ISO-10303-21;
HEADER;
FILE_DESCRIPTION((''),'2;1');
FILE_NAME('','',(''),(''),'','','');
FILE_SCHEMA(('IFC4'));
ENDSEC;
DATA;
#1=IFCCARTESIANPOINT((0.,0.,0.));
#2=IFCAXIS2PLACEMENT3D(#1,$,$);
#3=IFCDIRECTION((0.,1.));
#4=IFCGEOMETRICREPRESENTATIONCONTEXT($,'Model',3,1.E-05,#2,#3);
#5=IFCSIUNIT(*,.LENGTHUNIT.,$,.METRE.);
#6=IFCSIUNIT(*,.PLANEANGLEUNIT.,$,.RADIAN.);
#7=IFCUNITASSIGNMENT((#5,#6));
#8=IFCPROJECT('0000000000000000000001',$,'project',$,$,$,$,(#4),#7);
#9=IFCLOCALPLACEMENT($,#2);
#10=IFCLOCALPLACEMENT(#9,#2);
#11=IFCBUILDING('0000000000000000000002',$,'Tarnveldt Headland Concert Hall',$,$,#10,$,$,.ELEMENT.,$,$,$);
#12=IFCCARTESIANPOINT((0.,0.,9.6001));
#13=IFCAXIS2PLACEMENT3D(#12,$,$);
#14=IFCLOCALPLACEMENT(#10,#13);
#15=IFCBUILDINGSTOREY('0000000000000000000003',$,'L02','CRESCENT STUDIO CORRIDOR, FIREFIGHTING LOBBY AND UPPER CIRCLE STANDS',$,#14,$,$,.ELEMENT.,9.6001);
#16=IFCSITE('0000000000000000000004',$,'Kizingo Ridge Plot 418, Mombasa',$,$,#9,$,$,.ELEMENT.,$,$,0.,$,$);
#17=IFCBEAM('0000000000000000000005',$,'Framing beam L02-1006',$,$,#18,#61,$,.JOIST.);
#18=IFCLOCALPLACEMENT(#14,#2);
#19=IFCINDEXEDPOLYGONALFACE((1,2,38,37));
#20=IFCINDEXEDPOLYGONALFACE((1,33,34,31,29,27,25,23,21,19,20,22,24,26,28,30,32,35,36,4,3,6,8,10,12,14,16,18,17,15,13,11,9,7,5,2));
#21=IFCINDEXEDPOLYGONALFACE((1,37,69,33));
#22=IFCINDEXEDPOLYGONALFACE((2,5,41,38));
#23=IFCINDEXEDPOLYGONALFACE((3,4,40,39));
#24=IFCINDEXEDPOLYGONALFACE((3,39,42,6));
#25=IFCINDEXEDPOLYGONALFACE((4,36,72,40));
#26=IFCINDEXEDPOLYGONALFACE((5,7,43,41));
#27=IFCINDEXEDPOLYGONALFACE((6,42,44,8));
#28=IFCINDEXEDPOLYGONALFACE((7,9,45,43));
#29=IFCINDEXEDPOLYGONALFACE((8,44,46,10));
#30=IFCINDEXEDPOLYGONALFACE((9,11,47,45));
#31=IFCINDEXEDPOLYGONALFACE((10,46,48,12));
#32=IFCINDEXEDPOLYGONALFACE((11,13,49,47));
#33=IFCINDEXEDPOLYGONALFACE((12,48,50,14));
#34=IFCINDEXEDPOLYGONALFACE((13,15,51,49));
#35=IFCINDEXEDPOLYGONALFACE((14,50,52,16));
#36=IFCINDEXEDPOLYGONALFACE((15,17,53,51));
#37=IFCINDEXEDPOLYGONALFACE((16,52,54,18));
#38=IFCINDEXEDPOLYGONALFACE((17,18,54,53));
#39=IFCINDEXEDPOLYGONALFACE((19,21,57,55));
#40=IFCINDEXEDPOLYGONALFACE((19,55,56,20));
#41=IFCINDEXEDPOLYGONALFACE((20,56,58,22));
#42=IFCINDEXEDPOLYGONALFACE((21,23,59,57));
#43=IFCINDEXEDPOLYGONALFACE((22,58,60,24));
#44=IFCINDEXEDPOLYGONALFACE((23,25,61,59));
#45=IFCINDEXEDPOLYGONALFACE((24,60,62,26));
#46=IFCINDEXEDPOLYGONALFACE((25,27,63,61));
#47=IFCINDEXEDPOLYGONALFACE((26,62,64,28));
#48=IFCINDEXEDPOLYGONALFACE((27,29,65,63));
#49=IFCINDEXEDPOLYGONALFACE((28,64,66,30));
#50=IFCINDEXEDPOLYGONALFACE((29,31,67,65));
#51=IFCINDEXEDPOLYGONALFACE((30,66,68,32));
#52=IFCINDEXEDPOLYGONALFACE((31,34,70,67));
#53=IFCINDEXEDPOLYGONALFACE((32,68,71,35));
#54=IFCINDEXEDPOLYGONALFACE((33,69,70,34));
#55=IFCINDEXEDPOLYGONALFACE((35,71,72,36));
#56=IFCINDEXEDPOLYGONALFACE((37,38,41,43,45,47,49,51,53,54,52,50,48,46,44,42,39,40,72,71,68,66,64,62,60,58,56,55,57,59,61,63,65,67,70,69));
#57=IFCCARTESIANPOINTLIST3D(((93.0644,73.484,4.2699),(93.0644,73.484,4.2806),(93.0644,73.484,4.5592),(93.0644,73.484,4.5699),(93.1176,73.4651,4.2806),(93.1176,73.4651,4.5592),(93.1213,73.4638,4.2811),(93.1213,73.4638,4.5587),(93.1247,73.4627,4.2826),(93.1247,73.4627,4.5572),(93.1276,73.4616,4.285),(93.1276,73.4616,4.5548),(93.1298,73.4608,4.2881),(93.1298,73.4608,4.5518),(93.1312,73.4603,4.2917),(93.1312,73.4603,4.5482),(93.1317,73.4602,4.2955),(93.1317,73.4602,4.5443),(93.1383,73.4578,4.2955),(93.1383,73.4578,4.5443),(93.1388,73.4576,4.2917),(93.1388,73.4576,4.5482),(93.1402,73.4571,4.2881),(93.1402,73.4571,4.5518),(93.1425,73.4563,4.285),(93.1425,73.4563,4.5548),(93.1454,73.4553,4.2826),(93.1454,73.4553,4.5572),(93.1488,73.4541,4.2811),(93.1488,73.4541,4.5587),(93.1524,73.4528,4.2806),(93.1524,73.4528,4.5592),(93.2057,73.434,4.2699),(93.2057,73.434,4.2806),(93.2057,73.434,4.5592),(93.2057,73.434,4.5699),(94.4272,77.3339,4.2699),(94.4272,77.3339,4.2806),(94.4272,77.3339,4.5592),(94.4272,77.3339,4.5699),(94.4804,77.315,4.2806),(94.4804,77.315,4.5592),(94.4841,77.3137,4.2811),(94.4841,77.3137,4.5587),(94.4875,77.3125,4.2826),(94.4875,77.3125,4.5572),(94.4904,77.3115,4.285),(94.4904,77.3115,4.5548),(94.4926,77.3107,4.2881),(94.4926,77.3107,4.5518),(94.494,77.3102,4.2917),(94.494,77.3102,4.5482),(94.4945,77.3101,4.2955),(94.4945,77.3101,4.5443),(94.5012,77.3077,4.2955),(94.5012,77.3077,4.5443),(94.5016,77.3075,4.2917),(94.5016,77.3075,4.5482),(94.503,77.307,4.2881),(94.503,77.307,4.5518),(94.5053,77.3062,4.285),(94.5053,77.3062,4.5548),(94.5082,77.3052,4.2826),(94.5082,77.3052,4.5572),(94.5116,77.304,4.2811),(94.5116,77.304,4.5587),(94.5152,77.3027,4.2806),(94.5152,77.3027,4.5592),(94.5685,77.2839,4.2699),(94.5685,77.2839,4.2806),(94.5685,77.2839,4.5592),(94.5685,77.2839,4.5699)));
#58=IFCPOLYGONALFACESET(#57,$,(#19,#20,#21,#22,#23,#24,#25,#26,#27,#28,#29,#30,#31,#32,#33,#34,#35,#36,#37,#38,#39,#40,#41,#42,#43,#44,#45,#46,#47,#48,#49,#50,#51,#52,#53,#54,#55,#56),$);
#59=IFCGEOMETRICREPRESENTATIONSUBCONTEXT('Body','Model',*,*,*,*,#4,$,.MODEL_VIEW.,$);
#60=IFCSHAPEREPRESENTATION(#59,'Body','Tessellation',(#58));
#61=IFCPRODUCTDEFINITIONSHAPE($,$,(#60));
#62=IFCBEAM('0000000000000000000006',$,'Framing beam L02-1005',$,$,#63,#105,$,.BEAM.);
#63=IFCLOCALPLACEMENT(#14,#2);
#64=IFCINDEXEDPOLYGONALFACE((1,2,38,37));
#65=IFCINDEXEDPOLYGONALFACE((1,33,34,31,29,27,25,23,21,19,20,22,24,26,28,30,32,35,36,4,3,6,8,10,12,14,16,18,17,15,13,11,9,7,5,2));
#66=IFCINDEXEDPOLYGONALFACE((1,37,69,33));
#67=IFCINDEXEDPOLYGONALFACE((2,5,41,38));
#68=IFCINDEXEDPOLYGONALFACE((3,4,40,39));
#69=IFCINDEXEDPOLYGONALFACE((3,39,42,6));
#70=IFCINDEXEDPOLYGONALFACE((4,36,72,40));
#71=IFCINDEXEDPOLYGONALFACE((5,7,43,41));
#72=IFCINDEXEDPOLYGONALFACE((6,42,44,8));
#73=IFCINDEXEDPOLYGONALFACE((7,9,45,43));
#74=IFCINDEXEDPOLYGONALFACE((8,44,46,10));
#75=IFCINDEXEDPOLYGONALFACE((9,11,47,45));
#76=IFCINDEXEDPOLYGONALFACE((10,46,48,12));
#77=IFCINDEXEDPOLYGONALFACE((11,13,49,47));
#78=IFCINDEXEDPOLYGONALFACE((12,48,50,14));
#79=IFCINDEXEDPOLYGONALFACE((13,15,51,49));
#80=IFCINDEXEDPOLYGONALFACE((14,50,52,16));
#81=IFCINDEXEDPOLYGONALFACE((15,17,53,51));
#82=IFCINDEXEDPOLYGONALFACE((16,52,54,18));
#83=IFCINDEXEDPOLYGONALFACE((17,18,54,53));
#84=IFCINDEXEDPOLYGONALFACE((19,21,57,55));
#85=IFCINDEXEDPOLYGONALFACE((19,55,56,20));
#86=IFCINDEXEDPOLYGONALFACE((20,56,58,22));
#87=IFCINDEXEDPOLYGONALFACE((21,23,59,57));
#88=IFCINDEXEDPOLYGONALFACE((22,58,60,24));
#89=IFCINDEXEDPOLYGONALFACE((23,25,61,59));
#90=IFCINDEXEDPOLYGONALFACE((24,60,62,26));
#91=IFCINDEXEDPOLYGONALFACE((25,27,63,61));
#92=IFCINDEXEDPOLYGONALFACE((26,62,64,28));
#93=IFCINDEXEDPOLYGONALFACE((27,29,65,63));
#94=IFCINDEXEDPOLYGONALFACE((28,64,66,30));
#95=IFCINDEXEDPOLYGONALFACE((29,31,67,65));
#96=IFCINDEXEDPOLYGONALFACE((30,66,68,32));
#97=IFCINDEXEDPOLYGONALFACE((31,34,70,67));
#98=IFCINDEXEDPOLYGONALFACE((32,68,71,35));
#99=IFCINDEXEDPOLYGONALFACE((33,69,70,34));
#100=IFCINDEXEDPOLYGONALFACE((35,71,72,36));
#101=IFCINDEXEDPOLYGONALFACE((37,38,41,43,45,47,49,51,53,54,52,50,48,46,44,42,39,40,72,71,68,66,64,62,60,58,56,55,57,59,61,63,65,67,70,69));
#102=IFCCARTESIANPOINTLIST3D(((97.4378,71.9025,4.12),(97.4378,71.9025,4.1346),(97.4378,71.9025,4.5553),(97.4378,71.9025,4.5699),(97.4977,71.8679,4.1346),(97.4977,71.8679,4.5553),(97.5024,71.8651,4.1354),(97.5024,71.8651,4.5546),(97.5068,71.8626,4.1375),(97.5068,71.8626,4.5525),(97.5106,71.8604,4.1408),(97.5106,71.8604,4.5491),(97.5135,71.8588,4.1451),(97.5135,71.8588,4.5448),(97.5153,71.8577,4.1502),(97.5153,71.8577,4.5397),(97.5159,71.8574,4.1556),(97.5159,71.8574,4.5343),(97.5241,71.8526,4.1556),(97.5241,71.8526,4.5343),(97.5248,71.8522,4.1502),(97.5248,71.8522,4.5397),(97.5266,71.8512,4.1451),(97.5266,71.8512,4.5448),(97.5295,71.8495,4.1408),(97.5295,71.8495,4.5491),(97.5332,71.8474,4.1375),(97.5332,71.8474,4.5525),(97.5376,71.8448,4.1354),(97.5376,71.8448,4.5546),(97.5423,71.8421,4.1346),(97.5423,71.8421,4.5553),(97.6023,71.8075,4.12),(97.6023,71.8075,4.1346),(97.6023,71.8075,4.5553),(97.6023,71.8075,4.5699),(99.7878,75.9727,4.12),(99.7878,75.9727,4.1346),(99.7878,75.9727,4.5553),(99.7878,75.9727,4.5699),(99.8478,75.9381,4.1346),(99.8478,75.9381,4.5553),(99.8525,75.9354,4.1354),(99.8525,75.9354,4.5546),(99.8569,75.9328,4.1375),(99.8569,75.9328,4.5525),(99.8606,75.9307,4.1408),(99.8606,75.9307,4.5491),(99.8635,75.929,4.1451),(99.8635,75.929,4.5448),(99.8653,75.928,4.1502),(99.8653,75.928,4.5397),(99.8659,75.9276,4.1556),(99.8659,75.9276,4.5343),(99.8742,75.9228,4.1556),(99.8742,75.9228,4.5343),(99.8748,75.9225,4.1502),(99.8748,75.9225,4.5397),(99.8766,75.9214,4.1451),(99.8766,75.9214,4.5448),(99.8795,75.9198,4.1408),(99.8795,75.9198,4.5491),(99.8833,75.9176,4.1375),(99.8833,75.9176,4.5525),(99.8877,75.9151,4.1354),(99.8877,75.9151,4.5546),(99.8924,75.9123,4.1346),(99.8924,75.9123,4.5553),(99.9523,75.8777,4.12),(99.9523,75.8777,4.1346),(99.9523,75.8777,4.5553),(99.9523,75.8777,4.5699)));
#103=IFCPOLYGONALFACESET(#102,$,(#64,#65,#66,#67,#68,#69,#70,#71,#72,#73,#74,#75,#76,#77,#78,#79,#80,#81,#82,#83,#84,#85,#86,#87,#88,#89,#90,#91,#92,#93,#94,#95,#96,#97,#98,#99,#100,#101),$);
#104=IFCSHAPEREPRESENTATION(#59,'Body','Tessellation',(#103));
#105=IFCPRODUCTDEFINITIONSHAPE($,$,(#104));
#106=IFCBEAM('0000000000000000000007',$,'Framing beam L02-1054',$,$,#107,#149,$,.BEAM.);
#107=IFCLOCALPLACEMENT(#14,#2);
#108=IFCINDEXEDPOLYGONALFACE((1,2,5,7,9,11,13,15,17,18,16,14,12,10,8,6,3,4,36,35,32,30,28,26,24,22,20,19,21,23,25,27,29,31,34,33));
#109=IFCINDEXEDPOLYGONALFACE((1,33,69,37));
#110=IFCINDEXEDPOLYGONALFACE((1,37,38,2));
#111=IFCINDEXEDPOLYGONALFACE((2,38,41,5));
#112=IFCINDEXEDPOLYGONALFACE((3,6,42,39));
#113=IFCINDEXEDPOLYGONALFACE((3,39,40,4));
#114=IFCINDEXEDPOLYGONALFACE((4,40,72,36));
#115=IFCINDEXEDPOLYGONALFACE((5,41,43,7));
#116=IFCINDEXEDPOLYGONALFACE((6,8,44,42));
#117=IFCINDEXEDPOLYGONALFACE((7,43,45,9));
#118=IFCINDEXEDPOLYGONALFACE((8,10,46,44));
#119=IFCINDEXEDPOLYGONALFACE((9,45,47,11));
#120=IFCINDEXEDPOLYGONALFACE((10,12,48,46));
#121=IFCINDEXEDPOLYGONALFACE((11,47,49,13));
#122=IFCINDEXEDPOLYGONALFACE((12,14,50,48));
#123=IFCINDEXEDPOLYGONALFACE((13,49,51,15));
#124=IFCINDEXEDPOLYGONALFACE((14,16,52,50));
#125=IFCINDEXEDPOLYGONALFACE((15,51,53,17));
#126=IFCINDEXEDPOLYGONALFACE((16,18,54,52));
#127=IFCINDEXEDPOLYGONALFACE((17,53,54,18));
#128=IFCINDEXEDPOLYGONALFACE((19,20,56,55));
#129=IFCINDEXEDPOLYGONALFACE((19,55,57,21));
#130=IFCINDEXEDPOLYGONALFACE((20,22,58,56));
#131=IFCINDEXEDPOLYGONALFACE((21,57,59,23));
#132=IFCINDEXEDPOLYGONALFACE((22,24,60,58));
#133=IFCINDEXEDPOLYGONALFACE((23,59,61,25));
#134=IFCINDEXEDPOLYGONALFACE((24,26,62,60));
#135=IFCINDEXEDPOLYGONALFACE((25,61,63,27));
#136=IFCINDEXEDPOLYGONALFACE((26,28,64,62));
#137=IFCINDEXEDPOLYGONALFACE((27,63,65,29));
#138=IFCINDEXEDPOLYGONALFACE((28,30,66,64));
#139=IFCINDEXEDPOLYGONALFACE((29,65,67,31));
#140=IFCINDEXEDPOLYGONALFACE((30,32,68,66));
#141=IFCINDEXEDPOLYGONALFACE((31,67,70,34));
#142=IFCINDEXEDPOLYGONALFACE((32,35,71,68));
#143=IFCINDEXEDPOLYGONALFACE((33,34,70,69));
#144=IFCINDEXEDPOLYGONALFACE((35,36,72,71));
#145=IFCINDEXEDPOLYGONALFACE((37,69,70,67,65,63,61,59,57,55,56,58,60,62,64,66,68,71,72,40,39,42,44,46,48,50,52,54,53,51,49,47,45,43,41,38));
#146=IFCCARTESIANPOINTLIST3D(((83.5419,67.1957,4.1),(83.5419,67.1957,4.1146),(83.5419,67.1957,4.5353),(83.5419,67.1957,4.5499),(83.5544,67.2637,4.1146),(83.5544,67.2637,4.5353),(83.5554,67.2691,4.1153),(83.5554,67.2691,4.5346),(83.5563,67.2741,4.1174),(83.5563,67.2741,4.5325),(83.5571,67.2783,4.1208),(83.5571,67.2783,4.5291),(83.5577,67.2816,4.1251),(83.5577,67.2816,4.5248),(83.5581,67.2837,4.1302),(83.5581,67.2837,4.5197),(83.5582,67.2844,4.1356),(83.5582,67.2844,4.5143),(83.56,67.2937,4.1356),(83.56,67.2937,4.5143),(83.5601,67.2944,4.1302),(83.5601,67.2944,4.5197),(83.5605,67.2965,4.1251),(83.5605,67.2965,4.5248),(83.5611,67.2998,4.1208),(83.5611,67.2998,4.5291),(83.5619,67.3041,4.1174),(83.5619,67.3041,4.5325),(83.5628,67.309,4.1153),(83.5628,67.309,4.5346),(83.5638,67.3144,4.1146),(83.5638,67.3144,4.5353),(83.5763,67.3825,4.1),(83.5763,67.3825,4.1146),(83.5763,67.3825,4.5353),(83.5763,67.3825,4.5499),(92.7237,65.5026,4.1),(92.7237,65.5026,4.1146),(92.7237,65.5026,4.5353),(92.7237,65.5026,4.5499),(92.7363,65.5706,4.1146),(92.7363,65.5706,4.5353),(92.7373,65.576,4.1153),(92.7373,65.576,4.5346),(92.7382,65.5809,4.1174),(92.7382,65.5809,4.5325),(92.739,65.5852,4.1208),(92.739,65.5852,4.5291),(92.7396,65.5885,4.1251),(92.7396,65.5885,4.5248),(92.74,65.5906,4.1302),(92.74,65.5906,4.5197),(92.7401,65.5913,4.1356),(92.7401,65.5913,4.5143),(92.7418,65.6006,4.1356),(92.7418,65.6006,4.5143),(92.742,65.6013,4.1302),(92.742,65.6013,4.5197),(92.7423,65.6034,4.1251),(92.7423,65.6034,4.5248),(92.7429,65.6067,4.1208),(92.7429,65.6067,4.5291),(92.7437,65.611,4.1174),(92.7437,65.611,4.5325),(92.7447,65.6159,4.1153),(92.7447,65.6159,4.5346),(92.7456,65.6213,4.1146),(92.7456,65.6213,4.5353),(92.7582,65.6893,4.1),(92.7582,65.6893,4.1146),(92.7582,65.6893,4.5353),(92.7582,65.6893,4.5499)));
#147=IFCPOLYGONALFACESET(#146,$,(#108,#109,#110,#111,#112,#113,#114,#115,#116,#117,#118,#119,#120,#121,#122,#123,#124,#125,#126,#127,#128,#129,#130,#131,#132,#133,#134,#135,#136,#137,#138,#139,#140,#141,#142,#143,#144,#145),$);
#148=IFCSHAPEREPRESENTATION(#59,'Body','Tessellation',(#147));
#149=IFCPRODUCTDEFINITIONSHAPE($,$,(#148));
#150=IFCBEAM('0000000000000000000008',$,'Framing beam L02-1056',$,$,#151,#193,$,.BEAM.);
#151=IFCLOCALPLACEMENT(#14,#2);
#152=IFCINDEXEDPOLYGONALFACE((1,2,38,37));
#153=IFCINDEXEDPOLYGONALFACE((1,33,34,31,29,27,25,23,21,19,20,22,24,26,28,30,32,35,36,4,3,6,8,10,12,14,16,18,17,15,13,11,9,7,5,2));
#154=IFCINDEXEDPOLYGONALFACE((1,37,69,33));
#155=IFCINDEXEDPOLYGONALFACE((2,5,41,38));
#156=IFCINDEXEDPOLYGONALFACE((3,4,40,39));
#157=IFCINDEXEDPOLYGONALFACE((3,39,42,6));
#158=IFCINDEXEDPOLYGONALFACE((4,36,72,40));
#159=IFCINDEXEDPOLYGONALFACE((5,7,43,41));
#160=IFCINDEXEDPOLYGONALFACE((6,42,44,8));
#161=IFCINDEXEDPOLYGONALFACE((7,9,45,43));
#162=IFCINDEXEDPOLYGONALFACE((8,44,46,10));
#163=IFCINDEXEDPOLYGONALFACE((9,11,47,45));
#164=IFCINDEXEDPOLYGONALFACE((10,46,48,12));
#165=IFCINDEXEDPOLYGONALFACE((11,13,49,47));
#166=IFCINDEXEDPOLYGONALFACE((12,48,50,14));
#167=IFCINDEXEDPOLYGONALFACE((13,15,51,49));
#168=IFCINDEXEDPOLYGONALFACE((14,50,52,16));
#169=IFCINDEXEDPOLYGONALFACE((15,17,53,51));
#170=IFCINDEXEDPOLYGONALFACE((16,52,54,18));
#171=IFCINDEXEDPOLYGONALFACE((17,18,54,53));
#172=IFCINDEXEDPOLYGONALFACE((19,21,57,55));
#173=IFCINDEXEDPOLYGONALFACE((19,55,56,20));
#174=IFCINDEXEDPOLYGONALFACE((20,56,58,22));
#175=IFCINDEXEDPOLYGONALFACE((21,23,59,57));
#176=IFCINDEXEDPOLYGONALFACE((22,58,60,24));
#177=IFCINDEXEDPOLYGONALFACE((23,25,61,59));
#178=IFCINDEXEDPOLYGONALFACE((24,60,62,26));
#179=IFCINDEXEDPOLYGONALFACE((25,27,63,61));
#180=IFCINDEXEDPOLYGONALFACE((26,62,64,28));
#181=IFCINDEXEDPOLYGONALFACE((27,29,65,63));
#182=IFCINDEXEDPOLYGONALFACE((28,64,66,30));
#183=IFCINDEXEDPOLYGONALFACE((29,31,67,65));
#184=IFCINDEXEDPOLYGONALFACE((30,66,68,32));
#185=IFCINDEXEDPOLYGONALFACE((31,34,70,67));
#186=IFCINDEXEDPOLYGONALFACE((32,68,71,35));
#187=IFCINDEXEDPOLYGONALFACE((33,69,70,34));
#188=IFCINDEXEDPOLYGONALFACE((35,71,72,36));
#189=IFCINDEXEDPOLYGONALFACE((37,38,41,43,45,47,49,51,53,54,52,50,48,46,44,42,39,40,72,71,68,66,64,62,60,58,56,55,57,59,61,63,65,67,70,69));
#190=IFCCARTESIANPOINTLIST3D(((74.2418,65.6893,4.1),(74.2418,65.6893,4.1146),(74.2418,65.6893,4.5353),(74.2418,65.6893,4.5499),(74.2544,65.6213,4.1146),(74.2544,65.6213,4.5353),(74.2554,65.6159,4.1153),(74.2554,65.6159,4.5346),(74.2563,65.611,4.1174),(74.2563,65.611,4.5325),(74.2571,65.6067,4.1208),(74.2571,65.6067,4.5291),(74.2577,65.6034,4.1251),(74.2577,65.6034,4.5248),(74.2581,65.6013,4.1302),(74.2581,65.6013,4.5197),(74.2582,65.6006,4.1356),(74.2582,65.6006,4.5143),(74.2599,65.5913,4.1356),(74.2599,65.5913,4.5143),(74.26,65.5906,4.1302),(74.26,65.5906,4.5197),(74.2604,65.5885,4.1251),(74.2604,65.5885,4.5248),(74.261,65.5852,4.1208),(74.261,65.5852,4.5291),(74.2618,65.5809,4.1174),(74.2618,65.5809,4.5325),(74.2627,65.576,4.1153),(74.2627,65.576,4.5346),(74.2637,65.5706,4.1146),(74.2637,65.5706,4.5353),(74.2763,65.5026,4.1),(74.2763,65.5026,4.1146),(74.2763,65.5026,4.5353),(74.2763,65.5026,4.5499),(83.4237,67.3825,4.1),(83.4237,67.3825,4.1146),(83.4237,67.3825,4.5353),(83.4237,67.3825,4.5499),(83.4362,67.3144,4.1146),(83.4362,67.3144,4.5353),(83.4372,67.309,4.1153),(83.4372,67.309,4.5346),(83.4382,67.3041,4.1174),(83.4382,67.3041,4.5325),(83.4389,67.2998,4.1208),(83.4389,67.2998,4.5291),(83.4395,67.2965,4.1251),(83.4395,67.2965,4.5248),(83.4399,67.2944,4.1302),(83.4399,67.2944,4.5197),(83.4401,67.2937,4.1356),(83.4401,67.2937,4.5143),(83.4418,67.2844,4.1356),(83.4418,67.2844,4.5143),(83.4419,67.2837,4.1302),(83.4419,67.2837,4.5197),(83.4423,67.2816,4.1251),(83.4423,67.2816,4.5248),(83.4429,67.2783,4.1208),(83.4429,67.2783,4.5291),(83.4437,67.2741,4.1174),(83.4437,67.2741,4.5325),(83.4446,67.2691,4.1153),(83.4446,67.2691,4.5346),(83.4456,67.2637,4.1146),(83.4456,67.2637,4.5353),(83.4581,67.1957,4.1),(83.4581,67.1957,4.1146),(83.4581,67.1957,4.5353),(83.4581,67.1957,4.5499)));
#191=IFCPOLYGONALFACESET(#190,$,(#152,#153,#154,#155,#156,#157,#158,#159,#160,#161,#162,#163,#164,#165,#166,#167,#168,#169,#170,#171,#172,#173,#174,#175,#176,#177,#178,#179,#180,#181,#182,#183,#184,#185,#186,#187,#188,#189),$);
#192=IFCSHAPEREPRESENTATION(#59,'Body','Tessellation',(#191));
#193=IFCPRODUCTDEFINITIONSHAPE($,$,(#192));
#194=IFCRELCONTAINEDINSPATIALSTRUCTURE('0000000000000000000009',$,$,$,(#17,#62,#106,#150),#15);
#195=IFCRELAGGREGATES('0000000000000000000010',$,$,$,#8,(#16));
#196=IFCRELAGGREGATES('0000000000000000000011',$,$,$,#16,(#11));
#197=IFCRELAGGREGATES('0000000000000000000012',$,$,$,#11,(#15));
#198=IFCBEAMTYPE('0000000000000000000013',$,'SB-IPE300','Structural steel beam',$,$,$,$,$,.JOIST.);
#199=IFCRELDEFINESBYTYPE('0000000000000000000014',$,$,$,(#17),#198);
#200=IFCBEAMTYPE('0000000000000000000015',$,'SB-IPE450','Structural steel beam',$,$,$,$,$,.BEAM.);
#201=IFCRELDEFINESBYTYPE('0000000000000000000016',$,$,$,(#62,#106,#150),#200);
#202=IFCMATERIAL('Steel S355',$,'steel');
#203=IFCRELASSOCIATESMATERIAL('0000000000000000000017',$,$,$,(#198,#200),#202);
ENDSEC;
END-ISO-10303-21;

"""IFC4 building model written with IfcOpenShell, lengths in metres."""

from ifc_helpers import new_model, si_unit, direction, frame, origin, origin_2d, place, context, subcontext, project, spatial, i_section, extrude, material, material_profile, profile_set, type_object, element, save


model = new_model("IFC4")

# Units and contexts
model_context = context("Model", 3, precision=1e-05, world=origin(), true_north=direction((0.0, 1.0)))
body_context = subcontext(model_context, "Body", "Model", "MODEL_VIEW")
ifc_project = project(units=[si_unit("LENGTHUNIT", "METRE"), si_unit("PLANEANGLEUNIT", "RADIAN")], contexts=[model_context])

# Site, building, storey
site_placement = place(None, origin())
site = spatial("IfcSite", under=ifc_project, at=site_placement, Name="Kizingo Ridge Plot 418, Mombasa", CompositionType="ELEMENT", RefElevation=0.0)
building_placement = place(site_placement, origin())
building = spatial("IfcBuilding", under=site, at=building_placement, Name="Tarnveldt Headland Concert Hall", CompositionType="ELEMENT")
storey_placement = place(building_placement, frame((0.0, 0.0, 9.6001)))
storey = spatial("IfcBuildingStorey", under=building, at=storey_placement, Name="L02", Description="CRESCENT STUDIO CORRIDOR, FIREFIGHTING LOBBY AND UPPER CIRCLE STANDS", CompositionType="ELEMENT", Elevation=9.6001)

# Beams
ifc_material_1 = material(Name="Steel S355", Category="steel")
ifc_material_profile_1 = material_profile(ifc_material_1, i_section(OverallWidth=0.1499, OverallDepth=0.3, WebThickness=0.0071, FlangeThickness=0.0107, FilletRadius=0.0149, at=origin_2d()), Name="IPE300", Category="steel")
ifc_profile_set_1 = profile_set([ifc_material_profile_1], Name="Steel S355")
beam_type_1 = type_object("IfcBeamType", Name="SB-IPE300", Description="Structural steel beam", PredefinedType="JOIST", material=ifc_profile_set_1)
beam_1_placement = place(storey_placement, frame((93.135, 73.459, 4.4199), z_axis=(0.333696, 0.942681, 0.0), x_axis=(-0.942681, 0.333696, 0.0)))
element("IfcBeam", 1, at=beam_1_placement, inside=storey, type_object=beam_type_1, Name="Framing beam L02-1006", PredefinedType="JOIST", context=body_context, shape_type="SweptSolid", body=[
    extrude(i_section(OverallWidth=0.1499, OverallDepth=0.3, WebThickness=0.0071, FlangeThickness=0.0107, FilletRadius=0.0149, at=origin_2d()), origin(), (0.0, 0.0, 1.0), 4.084),
])
ifc_material_profile_2 = material_profile(ifc_material_1, i_section(OverallWidth=0.1899, OverallDepth=0.45, WebThickness=0.0095, FlangeThickness=0.0146, FilletRadius=0.021, at=origin_2d()), Name="IPE450", Category="steel")
ifc_profile_set_2 = profile_set([ifc_material_profile_2], Name="Steel S355")
beam_type_2 = type_object("IfcBeamType", Name="SB-IPE450", Description="Structural steel beam", PredefinedType="BEAM", material=ifc_profile_set_2)
beam_2_placement = place(storey_placement, frame((97.52, 71.855, 4.345), z_axis=(0.500016, 0.866016, 0.0), x_axis=(-0.866016, 0.500016, 0.0)))
element("IfcBeam", 2, at=beam_2_placement, inside=storey, type_object=beam_type_2, Name="Framing beam L02-1005", PredefinedType="BEAM", context=body_context, shape_type="SweptSolid", body=[
    extrude(i_section(OverallWidth=0.1899, OverallDepth=0.45, WebThickness=0.0095, FlangeThickness=0.0146, FilletRadius=0.021, at=origin_2d()), origin(), (0.0, 0.0, 1.0), 4.7),
])
for number, where, z_axis, x_axis, name in (
    (3, (92.741, 65.5959, 4.325), (-0.98342, 0.18134, 0.0), (-0.18134, -0.98342, 0.0), "Framing beam L02-1054"),
    (4, (83.4409, 67.2891, 4.325), (-0.98342, -0.18134, 0.0), (0.18134, -0.98342, 0.0), "Framing beam L02-1056"),
):
    element("IfcBeam", number, at=place(storey_placement, frame(where, z_axis=z_axis, x_axis=x_axis)), inside=storey, type_object=beam_type_2, Name=name, PredefinedType="BEAM", context=body_context, shape_type="SweptSolid", body=[
        extrude(i_section(OverallWidth=0.1899, OverallDepth=0.45, WebThickness=0.0095, FlangeThickness=0.0146, FilletRadius=0.021, at=origin_2d()), origin(), (0.0, 0.0, 1.0), 9.3367),
    ])

save(model, "model.ifc")
